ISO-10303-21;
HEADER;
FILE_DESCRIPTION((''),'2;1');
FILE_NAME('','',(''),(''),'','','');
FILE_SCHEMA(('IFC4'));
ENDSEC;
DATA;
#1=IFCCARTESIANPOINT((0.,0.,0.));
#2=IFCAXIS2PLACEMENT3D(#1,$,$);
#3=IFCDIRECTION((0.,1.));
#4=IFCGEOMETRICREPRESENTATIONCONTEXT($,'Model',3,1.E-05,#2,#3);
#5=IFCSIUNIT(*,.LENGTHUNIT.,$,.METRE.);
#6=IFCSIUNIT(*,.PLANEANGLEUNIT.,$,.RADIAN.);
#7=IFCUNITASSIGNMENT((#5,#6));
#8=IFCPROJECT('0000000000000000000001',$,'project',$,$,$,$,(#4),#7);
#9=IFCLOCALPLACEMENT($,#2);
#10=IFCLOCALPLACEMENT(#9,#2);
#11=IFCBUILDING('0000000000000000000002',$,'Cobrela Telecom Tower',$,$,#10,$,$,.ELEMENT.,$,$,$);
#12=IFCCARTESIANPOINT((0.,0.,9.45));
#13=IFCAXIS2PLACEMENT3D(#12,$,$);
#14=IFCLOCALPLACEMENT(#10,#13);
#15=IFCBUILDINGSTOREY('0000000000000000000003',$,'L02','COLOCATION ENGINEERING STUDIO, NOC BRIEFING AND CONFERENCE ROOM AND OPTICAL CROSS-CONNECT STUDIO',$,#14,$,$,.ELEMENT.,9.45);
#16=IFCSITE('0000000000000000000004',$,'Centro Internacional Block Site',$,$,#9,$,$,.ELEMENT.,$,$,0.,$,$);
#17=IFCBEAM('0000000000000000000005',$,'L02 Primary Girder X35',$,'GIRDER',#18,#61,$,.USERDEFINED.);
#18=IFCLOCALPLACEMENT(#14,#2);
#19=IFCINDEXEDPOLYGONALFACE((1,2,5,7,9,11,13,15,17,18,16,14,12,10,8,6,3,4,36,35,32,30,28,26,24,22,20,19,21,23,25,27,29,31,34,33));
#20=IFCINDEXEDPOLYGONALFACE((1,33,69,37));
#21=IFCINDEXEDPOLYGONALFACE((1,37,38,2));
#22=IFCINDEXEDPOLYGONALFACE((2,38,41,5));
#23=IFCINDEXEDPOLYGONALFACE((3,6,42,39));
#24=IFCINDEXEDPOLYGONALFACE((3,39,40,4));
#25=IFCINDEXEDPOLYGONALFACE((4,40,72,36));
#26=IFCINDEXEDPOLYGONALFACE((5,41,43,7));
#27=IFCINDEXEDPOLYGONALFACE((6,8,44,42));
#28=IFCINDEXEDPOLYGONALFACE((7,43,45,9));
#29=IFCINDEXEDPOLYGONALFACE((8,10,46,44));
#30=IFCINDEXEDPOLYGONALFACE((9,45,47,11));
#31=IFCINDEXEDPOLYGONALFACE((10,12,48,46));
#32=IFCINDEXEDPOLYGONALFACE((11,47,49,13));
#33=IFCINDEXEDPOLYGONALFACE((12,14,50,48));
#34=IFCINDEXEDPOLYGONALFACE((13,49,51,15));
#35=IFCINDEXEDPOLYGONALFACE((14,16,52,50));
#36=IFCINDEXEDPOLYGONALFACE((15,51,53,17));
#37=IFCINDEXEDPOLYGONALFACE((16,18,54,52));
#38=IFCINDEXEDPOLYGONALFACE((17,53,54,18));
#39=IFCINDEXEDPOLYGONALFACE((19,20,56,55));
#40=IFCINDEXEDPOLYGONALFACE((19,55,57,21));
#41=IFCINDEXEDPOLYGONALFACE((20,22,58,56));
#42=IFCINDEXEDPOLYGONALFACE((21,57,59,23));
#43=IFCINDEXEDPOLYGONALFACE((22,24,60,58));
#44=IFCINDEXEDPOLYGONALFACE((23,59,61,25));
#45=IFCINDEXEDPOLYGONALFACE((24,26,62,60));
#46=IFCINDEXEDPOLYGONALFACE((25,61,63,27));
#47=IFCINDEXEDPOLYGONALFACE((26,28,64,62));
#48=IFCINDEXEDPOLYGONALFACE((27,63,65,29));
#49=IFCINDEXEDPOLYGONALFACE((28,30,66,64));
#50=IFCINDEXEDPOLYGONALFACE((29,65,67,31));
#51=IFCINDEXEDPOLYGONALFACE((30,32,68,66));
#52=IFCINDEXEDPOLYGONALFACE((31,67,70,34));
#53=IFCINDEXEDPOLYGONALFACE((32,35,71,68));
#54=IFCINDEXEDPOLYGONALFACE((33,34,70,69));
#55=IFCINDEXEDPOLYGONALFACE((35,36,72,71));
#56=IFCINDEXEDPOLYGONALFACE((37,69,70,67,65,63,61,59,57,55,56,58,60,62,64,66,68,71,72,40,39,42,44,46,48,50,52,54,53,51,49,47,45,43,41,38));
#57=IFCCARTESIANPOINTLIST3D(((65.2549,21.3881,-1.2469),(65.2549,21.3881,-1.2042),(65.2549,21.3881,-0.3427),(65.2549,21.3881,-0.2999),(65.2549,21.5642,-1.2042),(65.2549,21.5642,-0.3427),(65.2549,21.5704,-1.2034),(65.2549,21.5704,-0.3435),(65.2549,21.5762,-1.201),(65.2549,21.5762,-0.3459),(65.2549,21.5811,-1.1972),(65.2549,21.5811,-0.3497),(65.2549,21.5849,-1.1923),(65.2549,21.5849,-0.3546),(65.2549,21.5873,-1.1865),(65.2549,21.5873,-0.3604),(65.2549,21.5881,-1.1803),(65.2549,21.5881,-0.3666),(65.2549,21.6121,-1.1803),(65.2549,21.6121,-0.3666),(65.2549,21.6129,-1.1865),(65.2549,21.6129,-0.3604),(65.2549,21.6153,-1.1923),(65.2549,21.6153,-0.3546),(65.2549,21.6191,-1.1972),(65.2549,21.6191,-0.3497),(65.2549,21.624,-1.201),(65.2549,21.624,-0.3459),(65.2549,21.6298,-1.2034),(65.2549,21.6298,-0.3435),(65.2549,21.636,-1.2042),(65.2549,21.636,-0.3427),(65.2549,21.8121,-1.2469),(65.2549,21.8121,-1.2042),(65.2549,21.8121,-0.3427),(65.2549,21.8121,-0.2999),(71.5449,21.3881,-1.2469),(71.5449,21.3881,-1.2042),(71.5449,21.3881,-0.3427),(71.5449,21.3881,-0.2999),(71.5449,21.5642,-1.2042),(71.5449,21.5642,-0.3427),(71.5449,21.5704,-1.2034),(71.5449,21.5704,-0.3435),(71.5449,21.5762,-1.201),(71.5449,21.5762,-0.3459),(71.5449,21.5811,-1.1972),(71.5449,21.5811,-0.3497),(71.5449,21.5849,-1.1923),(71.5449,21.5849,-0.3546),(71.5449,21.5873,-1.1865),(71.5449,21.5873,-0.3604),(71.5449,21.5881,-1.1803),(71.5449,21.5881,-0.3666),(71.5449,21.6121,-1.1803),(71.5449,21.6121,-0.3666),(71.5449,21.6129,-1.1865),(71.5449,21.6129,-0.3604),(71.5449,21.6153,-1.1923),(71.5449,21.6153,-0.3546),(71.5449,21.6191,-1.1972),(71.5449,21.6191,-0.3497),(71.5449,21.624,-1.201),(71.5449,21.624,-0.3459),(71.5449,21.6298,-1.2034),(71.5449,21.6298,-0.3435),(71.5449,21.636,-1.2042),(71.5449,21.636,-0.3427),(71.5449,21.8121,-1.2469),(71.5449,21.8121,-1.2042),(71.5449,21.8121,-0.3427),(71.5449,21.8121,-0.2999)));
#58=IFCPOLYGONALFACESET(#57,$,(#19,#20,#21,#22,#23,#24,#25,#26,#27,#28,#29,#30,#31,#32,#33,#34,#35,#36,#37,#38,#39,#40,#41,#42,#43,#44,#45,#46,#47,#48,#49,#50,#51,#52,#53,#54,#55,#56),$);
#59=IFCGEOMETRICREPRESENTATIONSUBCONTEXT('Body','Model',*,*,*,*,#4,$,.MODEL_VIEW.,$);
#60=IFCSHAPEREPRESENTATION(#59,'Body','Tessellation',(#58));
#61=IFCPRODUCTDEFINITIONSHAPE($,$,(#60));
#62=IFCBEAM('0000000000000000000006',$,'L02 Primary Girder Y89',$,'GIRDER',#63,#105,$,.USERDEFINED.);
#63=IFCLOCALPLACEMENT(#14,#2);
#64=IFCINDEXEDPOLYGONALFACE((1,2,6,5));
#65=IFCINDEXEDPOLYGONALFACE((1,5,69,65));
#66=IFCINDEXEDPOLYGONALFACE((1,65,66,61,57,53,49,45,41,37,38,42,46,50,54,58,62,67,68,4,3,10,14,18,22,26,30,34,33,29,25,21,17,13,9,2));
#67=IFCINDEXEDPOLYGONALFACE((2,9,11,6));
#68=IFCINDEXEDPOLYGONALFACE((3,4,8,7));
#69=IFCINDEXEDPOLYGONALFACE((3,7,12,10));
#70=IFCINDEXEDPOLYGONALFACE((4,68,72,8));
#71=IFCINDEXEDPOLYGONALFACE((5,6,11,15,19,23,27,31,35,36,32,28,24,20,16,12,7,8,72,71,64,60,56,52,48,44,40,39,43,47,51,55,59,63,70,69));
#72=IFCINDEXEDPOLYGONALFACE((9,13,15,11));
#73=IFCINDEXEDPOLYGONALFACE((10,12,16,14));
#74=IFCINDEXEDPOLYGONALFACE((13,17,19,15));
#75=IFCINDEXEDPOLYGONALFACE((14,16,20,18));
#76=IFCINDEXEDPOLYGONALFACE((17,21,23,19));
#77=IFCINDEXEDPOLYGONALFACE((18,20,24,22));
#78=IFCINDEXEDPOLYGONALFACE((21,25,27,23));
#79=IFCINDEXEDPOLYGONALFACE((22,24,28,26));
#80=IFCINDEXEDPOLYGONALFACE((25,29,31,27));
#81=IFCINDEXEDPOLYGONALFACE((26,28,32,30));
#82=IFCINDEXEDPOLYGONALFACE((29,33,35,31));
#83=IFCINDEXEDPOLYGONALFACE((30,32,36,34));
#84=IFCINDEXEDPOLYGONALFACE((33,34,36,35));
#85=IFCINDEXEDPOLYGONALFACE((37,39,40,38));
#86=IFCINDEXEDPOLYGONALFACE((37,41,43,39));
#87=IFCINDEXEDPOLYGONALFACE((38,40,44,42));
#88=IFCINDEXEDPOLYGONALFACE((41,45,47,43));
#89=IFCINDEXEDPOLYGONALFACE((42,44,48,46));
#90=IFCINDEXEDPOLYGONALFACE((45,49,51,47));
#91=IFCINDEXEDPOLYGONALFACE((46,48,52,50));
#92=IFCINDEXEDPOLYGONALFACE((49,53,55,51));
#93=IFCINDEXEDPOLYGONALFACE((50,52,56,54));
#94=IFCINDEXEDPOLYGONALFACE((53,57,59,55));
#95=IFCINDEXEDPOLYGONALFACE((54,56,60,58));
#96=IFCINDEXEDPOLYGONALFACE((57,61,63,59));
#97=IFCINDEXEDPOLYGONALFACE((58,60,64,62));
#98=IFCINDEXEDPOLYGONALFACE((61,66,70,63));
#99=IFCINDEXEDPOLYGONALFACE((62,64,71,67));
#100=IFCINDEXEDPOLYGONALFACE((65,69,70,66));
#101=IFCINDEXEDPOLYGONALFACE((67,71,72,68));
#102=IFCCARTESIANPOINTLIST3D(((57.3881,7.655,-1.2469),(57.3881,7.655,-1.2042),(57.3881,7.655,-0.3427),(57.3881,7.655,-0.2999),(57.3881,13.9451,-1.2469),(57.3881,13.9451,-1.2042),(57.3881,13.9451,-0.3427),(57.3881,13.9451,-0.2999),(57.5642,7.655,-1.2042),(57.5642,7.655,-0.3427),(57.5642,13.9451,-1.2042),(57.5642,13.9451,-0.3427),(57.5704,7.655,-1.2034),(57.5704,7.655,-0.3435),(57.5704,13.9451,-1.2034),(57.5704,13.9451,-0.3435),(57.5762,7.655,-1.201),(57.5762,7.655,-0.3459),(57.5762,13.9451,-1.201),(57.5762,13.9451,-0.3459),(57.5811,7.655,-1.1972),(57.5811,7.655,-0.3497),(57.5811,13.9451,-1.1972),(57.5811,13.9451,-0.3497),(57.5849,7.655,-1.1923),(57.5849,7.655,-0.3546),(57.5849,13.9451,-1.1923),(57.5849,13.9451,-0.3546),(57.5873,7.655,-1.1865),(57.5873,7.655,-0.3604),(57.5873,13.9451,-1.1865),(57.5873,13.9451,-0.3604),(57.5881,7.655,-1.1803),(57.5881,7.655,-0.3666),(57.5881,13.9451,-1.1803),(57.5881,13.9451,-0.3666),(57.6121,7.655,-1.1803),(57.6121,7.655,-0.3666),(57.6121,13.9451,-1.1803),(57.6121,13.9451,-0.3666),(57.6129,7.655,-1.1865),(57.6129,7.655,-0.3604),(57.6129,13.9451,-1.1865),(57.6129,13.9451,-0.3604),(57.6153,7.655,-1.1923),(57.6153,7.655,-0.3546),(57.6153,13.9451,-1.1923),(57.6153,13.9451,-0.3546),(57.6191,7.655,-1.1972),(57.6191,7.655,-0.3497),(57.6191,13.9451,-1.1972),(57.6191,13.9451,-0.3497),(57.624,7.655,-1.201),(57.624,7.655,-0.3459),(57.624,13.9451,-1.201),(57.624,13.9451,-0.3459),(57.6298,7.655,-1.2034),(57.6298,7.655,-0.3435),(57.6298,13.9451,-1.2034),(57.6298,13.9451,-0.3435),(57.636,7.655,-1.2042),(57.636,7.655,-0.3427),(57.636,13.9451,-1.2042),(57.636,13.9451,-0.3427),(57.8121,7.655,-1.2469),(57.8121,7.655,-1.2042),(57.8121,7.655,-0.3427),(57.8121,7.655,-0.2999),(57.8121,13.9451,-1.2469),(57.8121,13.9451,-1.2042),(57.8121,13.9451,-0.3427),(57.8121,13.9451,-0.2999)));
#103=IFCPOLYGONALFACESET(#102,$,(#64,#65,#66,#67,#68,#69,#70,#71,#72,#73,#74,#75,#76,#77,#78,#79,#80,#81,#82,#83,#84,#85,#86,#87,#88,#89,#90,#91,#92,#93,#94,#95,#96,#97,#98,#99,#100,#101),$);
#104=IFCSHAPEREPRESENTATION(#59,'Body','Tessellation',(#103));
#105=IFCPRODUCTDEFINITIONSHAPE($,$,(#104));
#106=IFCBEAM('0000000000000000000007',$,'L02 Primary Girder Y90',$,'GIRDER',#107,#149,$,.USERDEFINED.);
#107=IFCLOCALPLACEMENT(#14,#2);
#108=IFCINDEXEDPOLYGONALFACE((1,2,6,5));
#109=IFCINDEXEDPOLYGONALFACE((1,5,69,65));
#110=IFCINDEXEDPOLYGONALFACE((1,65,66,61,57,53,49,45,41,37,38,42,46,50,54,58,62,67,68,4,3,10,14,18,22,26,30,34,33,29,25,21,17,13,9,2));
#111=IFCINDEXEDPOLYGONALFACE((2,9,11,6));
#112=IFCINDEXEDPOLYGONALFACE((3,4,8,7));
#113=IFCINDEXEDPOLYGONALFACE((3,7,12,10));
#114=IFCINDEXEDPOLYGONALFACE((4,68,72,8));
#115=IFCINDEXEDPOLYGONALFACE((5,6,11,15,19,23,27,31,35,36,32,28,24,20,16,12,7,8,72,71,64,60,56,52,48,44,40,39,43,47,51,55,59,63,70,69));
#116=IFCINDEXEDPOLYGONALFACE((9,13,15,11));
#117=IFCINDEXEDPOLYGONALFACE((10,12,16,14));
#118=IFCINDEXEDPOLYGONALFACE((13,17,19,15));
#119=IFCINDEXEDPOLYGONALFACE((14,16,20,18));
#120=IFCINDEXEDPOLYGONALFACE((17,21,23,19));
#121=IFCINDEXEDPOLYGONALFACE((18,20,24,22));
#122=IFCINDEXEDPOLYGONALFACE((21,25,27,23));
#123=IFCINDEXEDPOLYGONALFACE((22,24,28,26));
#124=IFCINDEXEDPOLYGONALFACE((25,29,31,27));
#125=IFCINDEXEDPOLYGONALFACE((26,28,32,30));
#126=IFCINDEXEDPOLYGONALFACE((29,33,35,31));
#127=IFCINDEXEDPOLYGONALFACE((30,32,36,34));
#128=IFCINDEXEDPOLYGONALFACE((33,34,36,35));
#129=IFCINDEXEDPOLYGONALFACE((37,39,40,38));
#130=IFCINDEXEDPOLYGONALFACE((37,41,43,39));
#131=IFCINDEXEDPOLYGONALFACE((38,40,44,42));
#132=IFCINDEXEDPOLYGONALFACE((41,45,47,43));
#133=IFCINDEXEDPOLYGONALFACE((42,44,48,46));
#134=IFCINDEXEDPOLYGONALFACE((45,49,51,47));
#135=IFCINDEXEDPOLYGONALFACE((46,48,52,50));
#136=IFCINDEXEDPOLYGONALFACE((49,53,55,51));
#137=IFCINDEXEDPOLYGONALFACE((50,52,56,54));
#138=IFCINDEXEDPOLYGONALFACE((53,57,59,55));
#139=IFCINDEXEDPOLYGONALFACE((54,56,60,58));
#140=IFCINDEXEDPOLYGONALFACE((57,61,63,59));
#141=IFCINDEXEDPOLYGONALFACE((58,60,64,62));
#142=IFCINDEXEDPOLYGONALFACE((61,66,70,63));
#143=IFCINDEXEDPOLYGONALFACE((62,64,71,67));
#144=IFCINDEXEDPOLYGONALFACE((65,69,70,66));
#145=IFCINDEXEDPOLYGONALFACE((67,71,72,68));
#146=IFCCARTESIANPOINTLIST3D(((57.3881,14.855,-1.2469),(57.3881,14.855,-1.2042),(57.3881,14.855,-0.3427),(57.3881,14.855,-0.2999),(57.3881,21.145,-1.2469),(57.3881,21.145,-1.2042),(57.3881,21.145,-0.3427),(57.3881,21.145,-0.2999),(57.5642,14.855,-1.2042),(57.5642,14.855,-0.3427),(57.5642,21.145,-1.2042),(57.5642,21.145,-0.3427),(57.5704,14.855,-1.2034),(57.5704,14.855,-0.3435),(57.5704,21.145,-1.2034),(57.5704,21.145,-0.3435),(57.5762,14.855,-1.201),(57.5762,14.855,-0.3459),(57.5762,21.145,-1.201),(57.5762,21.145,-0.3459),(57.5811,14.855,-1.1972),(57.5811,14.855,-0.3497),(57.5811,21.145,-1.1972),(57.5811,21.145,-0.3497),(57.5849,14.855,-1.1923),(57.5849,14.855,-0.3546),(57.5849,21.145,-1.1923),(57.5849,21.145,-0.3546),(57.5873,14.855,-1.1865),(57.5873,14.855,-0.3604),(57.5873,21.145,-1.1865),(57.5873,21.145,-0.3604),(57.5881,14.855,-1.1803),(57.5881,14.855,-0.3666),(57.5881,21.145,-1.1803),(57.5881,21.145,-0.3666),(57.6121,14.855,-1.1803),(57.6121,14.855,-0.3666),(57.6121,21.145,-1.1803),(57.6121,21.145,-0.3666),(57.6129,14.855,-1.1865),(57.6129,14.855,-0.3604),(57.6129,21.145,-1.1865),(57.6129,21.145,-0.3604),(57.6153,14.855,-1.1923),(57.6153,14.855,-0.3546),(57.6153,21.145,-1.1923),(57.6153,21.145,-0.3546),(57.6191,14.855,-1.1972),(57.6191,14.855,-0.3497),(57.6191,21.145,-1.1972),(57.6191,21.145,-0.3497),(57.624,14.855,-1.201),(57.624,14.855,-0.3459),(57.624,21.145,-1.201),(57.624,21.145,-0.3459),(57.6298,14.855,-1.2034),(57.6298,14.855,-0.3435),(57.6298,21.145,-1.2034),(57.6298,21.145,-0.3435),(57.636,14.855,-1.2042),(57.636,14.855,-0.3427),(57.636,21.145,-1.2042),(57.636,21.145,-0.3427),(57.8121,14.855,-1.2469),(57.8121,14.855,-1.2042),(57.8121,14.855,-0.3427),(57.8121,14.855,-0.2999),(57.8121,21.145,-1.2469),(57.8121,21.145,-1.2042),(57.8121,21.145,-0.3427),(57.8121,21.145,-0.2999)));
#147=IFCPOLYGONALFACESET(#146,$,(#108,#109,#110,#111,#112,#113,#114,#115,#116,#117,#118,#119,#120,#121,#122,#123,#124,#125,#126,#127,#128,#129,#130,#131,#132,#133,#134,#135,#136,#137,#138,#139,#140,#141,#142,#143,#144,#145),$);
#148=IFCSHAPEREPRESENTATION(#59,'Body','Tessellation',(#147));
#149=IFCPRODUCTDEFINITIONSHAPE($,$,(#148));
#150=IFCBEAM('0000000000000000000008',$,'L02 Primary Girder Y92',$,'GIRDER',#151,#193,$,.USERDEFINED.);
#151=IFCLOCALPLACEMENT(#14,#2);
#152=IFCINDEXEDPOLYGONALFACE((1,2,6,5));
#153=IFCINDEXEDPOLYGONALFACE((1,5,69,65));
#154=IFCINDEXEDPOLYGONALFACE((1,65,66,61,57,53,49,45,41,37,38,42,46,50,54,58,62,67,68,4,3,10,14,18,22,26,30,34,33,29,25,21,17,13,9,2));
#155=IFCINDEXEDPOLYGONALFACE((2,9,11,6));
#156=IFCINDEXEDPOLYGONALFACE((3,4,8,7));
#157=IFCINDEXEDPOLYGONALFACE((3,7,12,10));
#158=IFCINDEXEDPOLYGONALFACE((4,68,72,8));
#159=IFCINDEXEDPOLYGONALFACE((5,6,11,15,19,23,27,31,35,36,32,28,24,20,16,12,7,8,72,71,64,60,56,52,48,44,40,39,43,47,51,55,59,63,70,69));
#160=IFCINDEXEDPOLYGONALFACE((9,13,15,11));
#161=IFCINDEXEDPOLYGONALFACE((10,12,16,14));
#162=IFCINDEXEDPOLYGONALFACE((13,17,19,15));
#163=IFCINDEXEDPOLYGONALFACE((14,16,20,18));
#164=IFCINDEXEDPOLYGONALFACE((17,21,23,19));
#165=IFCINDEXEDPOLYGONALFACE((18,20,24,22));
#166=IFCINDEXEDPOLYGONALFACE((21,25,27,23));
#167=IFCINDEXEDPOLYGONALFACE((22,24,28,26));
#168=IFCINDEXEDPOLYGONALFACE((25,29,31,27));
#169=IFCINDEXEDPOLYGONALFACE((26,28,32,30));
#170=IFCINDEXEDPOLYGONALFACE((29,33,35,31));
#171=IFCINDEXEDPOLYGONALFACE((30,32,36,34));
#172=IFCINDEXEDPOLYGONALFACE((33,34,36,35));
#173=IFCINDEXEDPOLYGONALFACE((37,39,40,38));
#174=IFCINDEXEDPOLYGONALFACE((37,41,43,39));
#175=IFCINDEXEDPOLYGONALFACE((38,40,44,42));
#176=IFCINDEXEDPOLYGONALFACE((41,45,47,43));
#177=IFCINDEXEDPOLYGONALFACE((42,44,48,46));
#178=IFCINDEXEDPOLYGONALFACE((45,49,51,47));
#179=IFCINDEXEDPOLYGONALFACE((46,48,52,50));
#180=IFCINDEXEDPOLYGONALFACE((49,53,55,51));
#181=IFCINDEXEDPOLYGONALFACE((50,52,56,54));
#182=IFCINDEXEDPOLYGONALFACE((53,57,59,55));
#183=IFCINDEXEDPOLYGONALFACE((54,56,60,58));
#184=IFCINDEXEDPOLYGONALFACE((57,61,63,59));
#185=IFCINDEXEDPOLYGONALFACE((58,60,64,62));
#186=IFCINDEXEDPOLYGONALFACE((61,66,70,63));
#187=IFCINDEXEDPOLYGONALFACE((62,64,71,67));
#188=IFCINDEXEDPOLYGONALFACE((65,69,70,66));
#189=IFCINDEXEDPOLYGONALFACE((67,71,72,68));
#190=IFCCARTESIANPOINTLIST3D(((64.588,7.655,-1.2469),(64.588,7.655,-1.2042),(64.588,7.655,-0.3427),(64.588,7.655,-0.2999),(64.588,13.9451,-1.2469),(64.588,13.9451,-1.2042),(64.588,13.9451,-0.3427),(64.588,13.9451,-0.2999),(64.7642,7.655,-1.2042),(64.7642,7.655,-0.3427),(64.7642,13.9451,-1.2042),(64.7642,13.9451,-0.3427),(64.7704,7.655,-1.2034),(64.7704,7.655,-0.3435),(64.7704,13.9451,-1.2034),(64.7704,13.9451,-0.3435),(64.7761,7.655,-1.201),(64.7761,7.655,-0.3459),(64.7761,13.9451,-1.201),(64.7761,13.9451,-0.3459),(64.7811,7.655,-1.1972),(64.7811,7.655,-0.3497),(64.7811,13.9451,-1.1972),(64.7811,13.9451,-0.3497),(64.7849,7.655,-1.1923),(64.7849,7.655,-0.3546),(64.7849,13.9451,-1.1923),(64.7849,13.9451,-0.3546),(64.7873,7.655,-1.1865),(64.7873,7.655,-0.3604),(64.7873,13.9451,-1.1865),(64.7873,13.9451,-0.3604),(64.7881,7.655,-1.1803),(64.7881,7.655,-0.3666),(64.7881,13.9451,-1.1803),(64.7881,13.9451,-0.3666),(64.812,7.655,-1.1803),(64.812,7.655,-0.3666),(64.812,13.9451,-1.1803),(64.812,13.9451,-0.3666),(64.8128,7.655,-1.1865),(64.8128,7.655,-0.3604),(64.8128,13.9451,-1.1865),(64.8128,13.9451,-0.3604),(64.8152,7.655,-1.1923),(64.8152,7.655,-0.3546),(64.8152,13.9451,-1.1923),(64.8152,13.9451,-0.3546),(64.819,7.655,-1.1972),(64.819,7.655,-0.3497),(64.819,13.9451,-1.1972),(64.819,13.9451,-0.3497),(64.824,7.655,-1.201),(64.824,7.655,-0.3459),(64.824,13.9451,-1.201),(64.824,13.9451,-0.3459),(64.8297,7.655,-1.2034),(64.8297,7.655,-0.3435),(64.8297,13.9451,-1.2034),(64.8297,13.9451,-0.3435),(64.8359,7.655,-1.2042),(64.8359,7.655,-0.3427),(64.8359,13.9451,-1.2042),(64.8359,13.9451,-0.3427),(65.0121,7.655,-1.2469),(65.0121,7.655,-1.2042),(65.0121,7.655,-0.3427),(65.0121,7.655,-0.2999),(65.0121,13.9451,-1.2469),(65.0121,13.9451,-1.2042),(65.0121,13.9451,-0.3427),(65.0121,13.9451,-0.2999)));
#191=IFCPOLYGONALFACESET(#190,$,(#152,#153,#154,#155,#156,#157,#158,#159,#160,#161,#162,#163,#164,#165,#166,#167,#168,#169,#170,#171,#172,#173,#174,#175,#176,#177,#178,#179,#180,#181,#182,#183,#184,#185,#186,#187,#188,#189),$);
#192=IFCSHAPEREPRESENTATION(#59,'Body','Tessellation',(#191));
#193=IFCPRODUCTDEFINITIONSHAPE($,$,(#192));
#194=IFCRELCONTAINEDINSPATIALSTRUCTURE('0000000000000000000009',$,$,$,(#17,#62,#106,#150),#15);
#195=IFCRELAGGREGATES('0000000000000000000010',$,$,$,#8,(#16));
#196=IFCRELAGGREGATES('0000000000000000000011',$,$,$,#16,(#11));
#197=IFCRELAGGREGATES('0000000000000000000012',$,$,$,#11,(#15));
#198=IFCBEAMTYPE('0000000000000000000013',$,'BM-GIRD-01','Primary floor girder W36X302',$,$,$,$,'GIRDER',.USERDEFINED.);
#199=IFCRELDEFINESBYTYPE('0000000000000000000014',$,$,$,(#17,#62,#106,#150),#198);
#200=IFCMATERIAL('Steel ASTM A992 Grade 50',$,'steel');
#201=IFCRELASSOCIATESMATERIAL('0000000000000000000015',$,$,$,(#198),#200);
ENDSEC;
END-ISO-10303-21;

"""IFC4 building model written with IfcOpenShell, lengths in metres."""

from ifc_helpers import new_model, si_unit, direction, frame, origin, origin_2d, place, context, subcontext, project, spatial, i_section, extrude, material, material_profile, profile_set, type_object, element, save


model = new_model("IFC4")

# Units and contexts
model_context = context("Model", 3, precision=1e-05, world=origin(), true_north=direction((0.0, 1.0)))
body_context = subcontext(model_context, "Body", "Model", "MODEL_VIEW")
ifc_project = project(units=[si_unit("LENGTHUNIT", "METRE"), si_unit("PLANEANGLEUNIT", "RADIAN")], contexts=[model_context])

# Site, building, storey
site_placement = place(None, origin())
site = spatial("IfcSite", under=ifc_project, at=site_placement, Name="Centro Internacional Block Site", CompositionType="ELEMENT", RefElevation=0.0)
building_placement = place(site_placement, origin())
building = spatial("IfcBuilding", under=site, at=building_placement, Name="Cobrela Telecom Tower", CompositionType="ELEMENT")
storey_placement = place(building_placement, frame((0.0, 0.0, 9.45)))
storey = spatial("IfcBuildingStorey", under=building, at=storey_placement, Name="L02", Description="COLOCATION ENGINEERING STUDIO, NOC BRIEFING AND CONFERENCE ROOM AND OPTICAL CROSS-CONNECT STUDIO", CompositionType="ELEMENT", Elevation=9.45)

# Beams
ifc_material_1 = material(Name="Steel ASTM A992 Grade 50", Category="steel")
ifc_material_profile_1 = material_profile(ifc_material_1, i_section(OverallWidth=0.4241, OverallDepth=0.947, WebThickness=0.0239, FlangeThickness=0.0427, FilletRadius=0.0239, at=origin_2d()), Name="W36X302")
ifc_profile_set_1 = profile_set([ifc_material_profile_1], Name="Steel ASTM A992 Grade 50")
beam_type_1 = type_object("IfcBeamType", Name="BM-GIRD-01", Description="Primary floor girder W36X302", ElementType="GIRDER", PredefinedType="USERDEFINED", material=ifc_profile_set_1)
for number, where, z_axis, x_axis, name in (
    (1, (65.2549, 21.6001, -0.7734), (1.0, 0.0, 0.0), (0.0, 1.0, 0.0), "L02 Primary Girder X35"),
    (2, (57.6001, 7.655, -0.7734), (0.0, 1.0, 0.0), (-1.0, 0.0, 0.0), "L02 Primary Girder Y89"),
    (3, (57.6001, 14.855, -0.7734), (0.0, 1.0, 0.0), (-1.0, 0.0, 0.0), "L02 Primary Girder Y90"),
    (4, (64.8, 7.655, -0.7734), (0.0, 1.0, 0.0), (-1.0, 0.0, 0.0), "L02 Primary Girder Y92"),
):
    element("IfcBeam", number, at=place(storey_placement, frame(where, z_axis=z_axis, x_axis=x_axis)), inside=storey, type_object=beam_type_1, Name=name, ObjectType="GIRDER", PredefinedType="USERDEFINED", context=body_context, shape_type="SweptSolid", body=[
        extrude(i_section(OverallWidth=0.4241, OverallDepth=0.947, WebThickness=0.0239, FlangeThickness=0.0427, FilletRadius=0.0239, at=origin_2d()), origin(), (0.0, 0.0, 1.0), 6.29),
    ])

save(model, "model.ifc")
